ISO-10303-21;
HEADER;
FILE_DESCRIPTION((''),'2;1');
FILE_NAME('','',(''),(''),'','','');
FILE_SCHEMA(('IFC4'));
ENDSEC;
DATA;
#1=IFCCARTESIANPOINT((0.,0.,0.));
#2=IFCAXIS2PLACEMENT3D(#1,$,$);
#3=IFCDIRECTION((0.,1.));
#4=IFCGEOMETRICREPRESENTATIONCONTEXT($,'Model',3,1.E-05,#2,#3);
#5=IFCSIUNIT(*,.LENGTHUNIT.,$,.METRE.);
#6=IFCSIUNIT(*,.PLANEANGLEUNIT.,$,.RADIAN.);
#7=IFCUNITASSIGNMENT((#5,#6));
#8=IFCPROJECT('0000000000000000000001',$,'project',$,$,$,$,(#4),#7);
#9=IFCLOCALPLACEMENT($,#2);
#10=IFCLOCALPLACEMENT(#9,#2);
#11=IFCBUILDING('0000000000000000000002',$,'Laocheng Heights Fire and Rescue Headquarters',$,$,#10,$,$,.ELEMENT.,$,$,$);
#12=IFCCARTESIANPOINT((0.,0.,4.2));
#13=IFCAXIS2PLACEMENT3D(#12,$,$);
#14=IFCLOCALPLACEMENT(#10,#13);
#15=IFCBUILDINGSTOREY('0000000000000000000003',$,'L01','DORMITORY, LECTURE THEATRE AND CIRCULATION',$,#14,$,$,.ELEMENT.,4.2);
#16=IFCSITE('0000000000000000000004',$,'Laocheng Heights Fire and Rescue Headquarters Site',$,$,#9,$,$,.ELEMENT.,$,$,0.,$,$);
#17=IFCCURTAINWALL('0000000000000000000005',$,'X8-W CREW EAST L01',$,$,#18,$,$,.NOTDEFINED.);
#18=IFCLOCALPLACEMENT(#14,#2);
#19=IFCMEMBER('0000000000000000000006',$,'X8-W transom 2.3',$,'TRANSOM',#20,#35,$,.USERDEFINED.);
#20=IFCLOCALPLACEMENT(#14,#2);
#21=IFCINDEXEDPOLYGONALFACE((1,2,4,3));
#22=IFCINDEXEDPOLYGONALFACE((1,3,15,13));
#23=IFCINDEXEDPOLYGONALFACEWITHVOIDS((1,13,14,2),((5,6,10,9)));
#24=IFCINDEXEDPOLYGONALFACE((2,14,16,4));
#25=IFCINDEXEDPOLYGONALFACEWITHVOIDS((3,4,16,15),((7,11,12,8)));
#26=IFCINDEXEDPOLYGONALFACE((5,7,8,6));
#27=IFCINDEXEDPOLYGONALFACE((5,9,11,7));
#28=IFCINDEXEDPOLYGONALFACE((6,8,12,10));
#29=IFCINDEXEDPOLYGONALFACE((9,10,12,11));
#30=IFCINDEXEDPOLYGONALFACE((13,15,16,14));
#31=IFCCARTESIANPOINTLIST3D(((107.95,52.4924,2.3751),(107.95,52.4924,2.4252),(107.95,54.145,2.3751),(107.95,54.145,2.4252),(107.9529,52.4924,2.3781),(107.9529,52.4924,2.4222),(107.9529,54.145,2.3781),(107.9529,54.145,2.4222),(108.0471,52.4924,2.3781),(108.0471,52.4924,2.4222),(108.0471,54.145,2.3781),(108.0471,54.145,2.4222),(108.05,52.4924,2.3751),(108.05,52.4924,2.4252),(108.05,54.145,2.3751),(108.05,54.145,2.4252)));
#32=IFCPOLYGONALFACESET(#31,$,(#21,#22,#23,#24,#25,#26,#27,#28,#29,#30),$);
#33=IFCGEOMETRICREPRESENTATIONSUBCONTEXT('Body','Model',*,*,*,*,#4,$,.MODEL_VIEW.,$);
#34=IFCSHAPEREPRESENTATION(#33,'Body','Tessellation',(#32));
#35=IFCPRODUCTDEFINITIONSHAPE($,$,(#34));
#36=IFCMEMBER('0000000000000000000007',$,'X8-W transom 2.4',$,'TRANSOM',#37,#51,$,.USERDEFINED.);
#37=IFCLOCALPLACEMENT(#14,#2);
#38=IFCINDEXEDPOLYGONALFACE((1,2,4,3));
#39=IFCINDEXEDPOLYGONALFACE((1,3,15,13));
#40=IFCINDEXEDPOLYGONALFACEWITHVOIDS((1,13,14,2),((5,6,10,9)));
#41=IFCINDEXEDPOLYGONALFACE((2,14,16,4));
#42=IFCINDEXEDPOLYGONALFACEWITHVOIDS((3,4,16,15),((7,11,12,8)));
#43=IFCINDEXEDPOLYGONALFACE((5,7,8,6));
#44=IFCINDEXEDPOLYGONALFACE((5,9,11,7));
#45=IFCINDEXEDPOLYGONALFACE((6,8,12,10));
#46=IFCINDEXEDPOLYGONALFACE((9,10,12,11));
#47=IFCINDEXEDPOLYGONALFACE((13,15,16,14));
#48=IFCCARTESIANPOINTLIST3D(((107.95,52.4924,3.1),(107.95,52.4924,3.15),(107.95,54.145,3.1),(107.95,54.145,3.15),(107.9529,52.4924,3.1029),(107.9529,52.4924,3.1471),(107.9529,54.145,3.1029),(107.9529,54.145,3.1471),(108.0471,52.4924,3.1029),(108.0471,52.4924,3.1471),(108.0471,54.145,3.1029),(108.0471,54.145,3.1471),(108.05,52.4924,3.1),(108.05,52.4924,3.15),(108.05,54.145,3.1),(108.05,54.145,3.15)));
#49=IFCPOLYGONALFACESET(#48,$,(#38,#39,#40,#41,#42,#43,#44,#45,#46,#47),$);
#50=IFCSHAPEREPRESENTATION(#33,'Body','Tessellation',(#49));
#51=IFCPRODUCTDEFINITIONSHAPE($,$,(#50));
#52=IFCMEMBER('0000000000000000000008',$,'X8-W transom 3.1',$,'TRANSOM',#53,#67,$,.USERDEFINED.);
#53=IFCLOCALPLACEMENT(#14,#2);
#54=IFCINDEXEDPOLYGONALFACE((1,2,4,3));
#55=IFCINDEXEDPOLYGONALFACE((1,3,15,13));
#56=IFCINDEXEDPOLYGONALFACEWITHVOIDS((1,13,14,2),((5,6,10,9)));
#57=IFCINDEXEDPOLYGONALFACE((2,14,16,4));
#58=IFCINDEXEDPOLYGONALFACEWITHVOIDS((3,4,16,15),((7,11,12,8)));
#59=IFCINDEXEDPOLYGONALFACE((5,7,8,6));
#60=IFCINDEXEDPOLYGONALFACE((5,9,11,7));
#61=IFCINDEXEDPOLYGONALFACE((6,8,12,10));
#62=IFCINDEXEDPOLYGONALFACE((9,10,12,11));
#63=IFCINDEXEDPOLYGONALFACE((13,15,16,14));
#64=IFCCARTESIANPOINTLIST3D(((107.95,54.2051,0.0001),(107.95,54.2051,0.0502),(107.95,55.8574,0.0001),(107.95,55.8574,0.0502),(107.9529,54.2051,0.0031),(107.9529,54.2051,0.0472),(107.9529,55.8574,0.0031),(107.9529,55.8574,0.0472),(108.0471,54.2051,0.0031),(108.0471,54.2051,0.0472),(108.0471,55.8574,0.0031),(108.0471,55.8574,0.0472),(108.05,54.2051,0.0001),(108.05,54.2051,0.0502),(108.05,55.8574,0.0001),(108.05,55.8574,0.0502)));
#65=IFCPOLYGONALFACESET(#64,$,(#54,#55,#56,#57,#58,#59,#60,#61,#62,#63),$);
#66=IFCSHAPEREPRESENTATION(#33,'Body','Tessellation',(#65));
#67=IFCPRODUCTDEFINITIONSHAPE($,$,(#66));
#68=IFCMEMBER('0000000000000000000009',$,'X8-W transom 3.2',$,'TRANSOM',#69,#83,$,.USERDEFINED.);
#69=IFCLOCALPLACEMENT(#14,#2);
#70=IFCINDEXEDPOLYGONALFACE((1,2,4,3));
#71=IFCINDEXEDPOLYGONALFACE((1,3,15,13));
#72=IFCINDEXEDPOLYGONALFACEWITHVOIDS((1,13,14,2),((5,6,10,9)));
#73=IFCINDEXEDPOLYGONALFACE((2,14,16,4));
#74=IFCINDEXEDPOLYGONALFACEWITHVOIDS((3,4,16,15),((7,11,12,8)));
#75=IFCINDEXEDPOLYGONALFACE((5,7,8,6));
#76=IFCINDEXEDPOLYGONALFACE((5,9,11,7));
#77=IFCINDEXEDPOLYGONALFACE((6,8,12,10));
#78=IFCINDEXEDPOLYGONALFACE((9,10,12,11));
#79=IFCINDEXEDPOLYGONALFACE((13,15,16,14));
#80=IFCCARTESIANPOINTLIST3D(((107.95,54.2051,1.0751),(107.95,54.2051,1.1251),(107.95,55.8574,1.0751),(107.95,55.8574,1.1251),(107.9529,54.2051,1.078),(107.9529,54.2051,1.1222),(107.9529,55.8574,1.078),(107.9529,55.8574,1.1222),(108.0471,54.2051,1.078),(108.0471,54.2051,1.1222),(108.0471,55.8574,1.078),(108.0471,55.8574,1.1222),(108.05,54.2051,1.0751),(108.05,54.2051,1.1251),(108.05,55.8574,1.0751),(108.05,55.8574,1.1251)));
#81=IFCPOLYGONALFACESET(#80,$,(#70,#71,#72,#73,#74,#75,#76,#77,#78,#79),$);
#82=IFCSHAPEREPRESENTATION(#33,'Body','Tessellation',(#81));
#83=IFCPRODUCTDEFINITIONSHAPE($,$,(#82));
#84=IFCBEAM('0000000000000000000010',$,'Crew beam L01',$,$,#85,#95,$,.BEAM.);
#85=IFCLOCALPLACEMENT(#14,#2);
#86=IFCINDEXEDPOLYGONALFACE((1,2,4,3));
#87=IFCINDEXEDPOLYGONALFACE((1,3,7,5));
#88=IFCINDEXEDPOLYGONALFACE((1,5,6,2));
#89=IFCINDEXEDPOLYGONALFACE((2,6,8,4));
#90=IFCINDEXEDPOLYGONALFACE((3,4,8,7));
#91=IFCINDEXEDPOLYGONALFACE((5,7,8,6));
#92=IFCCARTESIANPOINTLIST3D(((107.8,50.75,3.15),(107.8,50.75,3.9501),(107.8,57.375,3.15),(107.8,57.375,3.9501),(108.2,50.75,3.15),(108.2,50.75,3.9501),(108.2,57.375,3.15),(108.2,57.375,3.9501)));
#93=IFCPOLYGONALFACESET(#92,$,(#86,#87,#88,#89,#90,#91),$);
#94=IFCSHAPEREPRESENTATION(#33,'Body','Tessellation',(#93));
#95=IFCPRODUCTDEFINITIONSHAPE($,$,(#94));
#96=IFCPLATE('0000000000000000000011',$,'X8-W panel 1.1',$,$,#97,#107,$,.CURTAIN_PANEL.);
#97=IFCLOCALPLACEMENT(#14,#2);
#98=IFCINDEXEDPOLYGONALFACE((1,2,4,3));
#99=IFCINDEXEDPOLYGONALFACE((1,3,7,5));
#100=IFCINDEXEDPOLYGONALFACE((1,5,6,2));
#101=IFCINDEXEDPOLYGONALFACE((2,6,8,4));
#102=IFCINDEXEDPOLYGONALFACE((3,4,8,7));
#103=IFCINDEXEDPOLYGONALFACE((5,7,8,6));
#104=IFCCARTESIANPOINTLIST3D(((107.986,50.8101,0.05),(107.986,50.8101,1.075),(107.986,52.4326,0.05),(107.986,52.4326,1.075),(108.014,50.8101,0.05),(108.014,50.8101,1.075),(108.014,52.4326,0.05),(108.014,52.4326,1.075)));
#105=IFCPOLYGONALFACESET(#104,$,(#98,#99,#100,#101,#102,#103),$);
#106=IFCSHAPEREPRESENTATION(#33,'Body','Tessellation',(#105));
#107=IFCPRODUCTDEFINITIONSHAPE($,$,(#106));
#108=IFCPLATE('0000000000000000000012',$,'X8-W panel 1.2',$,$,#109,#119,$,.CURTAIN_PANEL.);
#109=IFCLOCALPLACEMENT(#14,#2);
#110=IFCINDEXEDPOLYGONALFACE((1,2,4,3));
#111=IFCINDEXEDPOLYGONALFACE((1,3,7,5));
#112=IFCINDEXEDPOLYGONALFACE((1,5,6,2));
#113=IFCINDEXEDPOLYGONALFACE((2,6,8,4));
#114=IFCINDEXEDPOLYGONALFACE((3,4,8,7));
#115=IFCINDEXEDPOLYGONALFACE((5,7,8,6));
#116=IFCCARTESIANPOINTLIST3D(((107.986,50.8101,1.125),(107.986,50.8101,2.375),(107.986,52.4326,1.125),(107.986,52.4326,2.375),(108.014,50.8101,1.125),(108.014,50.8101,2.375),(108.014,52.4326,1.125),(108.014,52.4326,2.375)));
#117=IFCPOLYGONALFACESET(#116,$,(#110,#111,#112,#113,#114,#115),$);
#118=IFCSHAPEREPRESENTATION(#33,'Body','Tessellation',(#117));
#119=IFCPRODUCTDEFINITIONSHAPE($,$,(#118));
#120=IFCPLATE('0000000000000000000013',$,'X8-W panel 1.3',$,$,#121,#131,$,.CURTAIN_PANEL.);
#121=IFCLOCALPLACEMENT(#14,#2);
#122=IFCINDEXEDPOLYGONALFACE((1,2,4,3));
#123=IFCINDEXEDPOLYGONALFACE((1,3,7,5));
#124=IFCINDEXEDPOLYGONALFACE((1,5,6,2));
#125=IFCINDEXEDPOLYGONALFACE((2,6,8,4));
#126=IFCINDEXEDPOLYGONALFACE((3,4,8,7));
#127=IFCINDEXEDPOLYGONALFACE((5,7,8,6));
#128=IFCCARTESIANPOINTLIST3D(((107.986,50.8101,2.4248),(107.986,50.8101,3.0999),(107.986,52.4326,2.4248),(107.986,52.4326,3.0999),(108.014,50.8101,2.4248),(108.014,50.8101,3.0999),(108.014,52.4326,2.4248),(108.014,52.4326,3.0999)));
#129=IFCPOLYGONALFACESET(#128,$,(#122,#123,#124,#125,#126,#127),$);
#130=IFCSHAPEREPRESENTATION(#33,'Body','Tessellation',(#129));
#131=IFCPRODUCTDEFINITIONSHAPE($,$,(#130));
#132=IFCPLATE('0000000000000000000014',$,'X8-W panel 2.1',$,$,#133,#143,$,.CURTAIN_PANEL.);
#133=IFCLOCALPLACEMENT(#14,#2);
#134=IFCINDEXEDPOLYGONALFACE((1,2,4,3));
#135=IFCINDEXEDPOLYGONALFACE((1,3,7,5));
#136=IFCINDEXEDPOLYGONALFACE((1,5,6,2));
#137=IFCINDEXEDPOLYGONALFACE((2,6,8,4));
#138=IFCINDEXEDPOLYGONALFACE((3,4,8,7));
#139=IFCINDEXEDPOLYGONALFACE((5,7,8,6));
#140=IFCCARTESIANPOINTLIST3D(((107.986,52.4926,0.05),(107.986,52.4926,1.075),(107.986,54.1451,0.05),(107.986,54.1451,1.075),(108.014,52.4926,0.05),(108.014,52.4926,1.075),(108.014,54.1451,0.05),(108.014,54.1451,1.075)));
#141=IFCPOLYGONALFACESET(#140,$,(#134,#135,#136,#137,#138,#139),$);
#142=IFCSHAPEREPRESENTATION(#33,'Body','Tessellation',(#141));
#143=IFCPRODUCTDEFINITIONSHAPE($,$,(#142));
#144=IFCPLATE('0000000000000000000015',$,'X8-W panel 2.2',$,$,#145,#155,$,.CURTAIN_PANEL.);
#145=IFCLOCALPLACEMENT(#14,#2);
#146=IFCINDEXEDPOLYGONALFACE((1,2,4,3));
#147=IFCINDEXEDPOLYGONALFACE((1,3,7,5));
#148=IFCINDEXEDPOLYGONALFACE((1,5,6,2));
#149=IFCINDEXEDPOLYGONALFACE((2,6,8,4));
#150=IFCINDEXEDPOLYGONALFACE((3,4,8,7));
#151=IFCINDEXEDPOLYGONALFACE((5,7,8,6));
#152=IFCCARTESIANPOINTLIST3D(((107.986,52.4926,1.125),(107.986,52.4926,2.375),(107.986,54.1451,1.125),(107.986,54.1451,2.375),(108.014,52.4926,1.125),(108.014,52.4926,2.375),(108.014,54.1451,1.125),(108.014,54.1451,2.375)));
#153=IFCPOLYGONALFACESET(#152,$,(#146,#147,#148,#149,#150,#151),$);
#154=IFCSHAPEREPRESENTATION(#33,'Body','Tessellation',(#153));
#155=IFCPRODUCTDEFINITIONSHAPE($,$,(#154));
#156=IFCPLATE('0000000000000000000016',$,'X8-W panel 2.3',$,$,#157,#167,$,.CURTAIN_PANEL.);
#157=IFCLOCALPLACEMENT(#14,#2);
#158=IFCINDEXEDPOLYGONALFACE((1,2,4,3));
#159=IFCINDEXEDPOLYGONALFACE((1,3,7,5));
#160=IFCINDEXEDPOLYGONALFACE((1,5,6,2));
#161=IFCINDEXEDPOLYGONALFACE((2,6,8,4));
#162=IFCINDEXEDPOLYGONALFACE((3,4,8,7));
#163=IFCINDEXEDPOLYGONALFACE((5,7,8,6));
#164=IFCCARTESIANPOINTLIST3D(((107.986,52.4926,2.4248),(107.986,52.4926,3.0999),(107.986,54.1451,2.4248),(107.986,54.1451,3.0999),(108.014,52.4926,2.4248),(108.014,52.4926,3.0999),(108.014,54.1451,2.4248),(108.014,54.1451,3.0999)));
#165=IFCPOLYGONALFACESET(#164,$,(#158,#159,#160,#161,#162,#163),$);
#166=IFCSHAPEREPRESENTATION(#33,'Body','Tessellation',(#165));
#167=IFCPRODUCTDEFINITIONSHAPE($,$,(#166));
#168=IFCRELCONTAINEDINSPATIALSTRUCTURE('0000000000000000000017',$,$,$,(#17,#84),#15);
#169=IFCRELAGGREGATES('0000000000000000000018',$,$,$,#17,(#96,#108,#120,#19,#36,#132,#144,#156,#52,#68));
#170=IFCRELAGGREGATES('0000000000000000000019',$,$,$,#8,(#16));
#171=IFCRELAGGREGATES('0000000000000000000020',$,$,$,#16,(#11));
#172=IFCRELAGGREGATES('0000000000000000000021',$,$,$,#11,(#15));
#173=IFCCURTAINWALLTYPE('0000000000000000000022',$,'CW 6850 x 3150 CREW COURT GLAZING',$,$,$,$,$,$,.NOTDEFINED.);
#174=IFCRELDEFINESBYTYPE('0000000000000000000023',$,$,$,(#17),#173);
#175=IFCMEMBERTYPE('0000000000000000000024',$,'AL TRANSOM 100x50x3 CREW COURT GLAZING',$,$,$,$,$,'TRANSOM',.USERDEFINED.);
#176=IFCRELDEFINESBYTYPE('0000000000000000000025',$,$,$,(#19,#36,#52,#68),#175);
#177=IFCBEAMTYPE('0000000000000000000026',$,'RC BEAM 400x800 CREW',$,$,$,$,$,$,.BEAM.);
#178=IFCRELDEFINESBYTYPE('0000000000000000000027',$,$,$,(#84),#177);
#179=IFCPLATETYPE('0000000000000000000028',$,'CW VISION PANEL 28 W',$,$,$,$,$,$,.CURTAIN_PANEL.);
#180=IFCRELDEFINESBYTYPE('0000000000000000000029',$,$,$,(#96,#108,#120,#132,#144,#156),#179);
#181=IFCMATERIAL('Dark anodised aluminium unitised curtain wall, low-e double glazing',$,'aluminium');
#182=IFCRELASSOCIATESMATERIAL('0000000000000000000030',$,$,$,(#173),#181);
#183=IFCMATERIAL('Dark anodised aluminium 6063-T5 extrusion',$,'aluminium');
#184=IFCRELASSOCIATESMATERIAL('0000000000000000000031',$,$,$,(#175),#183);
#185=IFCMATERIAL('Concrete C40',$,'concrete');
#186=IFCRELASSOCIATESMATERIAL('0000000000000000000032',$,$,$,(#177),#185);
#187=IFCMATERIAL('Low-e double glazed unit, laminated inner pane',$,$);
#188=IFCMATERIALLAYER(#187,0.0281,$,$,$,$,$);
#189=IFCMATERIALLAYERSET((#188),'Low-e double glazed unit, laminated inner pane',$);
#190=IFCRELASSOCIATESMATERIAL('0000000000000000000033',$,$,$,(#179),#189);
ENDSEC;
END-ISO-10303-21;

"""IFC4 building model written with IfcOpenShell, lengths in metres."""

from ifc_helpers import new_model, si_unit, direction, frame, origin, origin_2d, place, context, subcontext, project, spatial, rectangle, hollow_rectangle, extrude, material, layer, layer_set, material_profile, profile_set, type_object, element, aggregate, save


model = new_model("IFC4")

# Units and contexts
model_context = context("Model", 3, precision=1e-05, world=origin(), true_north=direction((0.0, 1.0)))
body_context = subcontext(model_context, "Body", "Model", "MODEL_VIEW")
ifc_project = project(units=[si_unit("LENGTHUNIT", "METRE"), si_unit("PLANEANGLEUNIT", "RADIAN")], contexts=[model_context])

# Site, building, storey
site_placement = place(None, origin())
site = spatial("IfcSite", under=ifc_project, at=site_placement, Name="Laocheng Heights Fire and Rescue Headquarters Site", CompositionType="ELEMENT", RefElevation=0.0)
building_placement = place(site_placement, origin())
building = spatial("IfcBuilding", under=site, at=building_placement, Name="Laocheng Heights Fire and Rescue Headquarters", CompositionType="ELEMENT")
storey_placement = place(building_placement, frame((0.0, 0.0, 4.2)))
storey = spatial("IfcBuildingStorey", under=building, at=storey_placement, Name="L01", Description="DORMITORY, LECTURE THEATRE AND CIRCULATION", CompositionType="ELEMENT", Elevation=4.2)

# Curtain wall, members
ifc_material_1 = material(Name="Dark anodised aluminium unitised curtain wall, low-e double glazing", Category="aluminium")
curtain_wall_type_1 = type_object("IfcCurtainWallType", Name="CW 6850 x 3150 CREW COURT GLAZING", PredefinedType="NOTDEFINED", material=ifc_material_1)
curtain_wall_1_placement = place(storey_placement, origin())
curtain_wall_1 = element("IfcCurtainWall", 1, at=curtain_wall_1_placement, inside=storey, type_object=curtain_wall_type_1, Name="X8-W CREW EAST L01", PredefinedType="NOTDEFINED")
ifc_material_2 = material(Name="Dark anodised aluminium 6063-T5 extrusion", Category="aluminium")
ifc_material_profile_1 = material_profile(ifc_material_2, hollow_rectangle(XDim=0.1001, YDim=0.05, WallThickness=0.0029, at=origin_2d()), Name="AL TRANSOM 100x50x3 CREW COURT GLAZING")
ifc_profile_set_1 = profile_set([ifc_material_profile_1], Name="Dark anodised aluminium 6063-T5 extrusion")
member_type_1 = type_object("IfcMemberType", Name="AL TRANSOM 100x50x3 CREW COURT GLAZING", ElementType="TRANSOM", PredefinedType="USERDEFINED", material=ifc_profile_set_1)
member_1_placement = place(storey_placement, frame((108.0, 52.4924, 2.4001), z_axis=(0.0, 1.0, 0.0), x_axis=(-1.0, 0.0, 0.0)))
member_1 = element("IfcMember", 2, at=member_1_placement, type_object=member_type_1, Name="X8-W transom 2.3", ObjectType="TRANSOM", PredefinedType="USERDEFINED", context=body_context, shape_type="SweptSolid", body=[
    extrude(hollow_rectangle(XDim=0.1001, YDim=0.05, WallThickness=0.0029, at=origin_2d()), origin(), (0.0, 0.0, 1.0), 1.6526),
])
member_2_placement = place(storey_placement, frame((108.0, 52.4924, 3.125), z_axis=(0.0, 1.0, 0.0), x_axis=(-1.0, 0.0, 0.0)))
member_2 = element("IfcMember", 3, at=member_2_placement, type_object=member_type_1, Name="X8-W transom 2.4", ObjectType="TRANSOM", PredefinedType="USERDEFINED", context=body_context, shape_type="SweptSolid", body=[
    extrude(hollow_rectangle(XDim=0.1001, YDim=0.05, WallThickness=0.0029, at=origin_2d()), origin(), (0.0, 0.0, 1.0), 1.6526),
])
member_3_placement = place(storey_placement, frame((108.0, 54.2051, 0.0251), z_axis=(0.0, 1.0, 0.0), x_axis=(-1.0, 0.0, 0.0)))
member_3 = element("IfcMember", 4, at=member_3_placement, type_object=member_type_1, Name="X8-W transom 3.1", ObjectType="TRANSOM", PredefinedType="USERDEFINED", context=body_context, shape_type="SweptSolid", body=[
    extrude(hollow_rectangle(XDim=0.1001, YDim=0.05, WallThickness=0.0029, at=origin_2d()), origin(), (0.0, 0.0, 1.0), 1.6523),
])
member_4_placement = place(storey_placement, frame((108.0, 54.2051, 1.1001), z_axis=(0.0, 1.0, 0.0), x_axis=(-1.0, 0.0, 0.0)))
member_4 = element("IfcMember", 5, at=member_4_placement, type_object=member_type_1, Name="X8-W transom 3.2", ObjectType="TRANSOM", PredefinedType="USERDEFINED", context=body_context, shape_type="SweptSolid", body=[
    extrude(hollow_rectangle(XDim=0.1001, YDim=0.05, WallThickness=0.0029, at=origin_2d()), origin(), (0.0, 0.0, 1.0), 1.6523),
])

# Beam
ifc_material_3 = material(Name="Concrete C40", Category="concrete")
ifc_material_profile_2 = material_profile(ifc_material_3, rectangle(XDim=0.3999, YDim=0.8, at=origin_2d()), Name="RC BEAM 400x800 CREW")
ifc_profile_set_2 = profile_set([ifc_material_profile_2], Name="Concrete C40")
beam_type = type_object("IfcBeamType", Name="RC BEAM 400x800 CREW", PredefinedType="BEAM", material=ifc_profile_set_2)
beam_placement = place(storey_placement, frame((108.0, 50.75, 3.55), z_axis=(0.0, 1.0, 0.0), x_axis=(-1.0, 0.0, 0.0)))
element("IfcBeam", 6, at=beam_placement, inside=storey, type_object=beam_type, Name="Crew beam L01", PredefinedType="BEAM", context=body_context, shape_type="SweptSolid", body=[
    extrude(rectangle(XDim=0.3999, YDim=0.8, at=origin_2d()), origin(), (0.0, 0.0, 1.0), 6.625),
])

# Plates
ifc_material_4 = material(Name="Low-e double glazed unit, laminated inner pane")
ifc_layer = layer(ifc_material_4, 0.0281)
ifc_layer_set = layer_set([ifc_layer], Name="Low-e double glazed unit, laminated inner pane")
plate_type = type_object("IfcPlateType", Name="CW VISION PANEL 28 W", PredefinedType="CURTAIN_PANEL", material=ifc_layer_set)
plate_1_placement = place(storey_placement, frame((108.0, 51.6213, 0.05), z_axis=(0.0, 0.0, 1.0), x_axis=(0.0, 1.0, 0.0)))
plate_1 = element("IfcPlate", 7, at=plate_1_placement, type_object=plate_type, Name="X8-W panel 1.1", PredefinedType="CURTAIN_PANEL", context=body_context, shape_type="SweptSolid", body=[
    extrude(rectangle(XDim=1.6226, YDim=0.0281, at=origin_2d()), origin(), (0.0, 0.0, 1.0), 1.0249),
])
plate_2_placement = place(storey_placement, frame((108.0, 51.6213, 1.125), z_axis=(0.0, 0.0, 1.0), x_axis=(0.0, 1.0, 0.0)))
plate_2 = element("IfcPlate", 8, at=plate_2_placement, type_object=plate_type, Name="X8-W panel 1.2", PredefinedType="CURTAIN_PANEL", context=body_context, shape_type="SweptSolid", body=[
    extrude(rectangle(XDim=1.6226, YDim=0.0281, at=origin_2d()), origin(), (0.0, 0.0, 1.0), 1.25),
])
plate_3_placement = place(storey_placement, frame((108.0, 51.6213, 2.4248), z_axis=(0.0, 0.0, 1.0), x_axis=(0.0, 1.0, 0.0)))
plate_3 = element("IfcPlate", 9, at=plate_3_placement, type_object=plate_type, Name="X8-W panel 1.3", PredefinedType="CURTAIN_PANEL", context=body_context, shape_type="SweptSolid", body=[
    extrude(rectangle(XDim=1.6226, YDim=0.0281, at=origin_2d()), origin(), (0.0, 0.0, 1.0), 0.675),
])
plate_4_placement = place(storey_placement, frame((108.0, 53.3188, 0.05), z_axis=(0.0, 0.0, 1.0), x_axis=(0.0, 1.0, 0.0)))
plate_4 = element("IfcPlate", 10, at=plate_4_placement, type_object=plate_type, Name="X8-W panel 2.1", PredefinedType="CURTAIN_PANEL", context=body_context, shape_type="SweptSolid", body=[
    extrude(rectangle(XDim=1.6526, YDim=0.0281, at=origin_2d()), origin(), (0.0, 0.0, 1.0), 1.0249),
])
plate_5_placement = place(storey_placement, frame((108.0, 53.3188, 1.125), z_axis=(0.0, 0.0, 1.0), x_axis=(0.0, 1.0, 0.0)))
plate_5 = element("IfcPlate", 11, at=plate_5_placement, type_object=plate_type, Name="X8-W panel 2.2", PredefinedType="CURTAIN_PANEL", context=body_context, shape_type="SweptSolid", body=[
    extrude(rectangle(XDim=1.6526, YDim=0.0281, at=origin_2d()), origin(), (0.0, 0.0, 1.0), 1.25),
])
plate_6_placement = place(storey_placement, frame((108.0, 53.3188, 2.4248), z_axis=(0.0, 0.0, 1.0), x_axis=(0.0, 1.0, 0.0)))
plate_6 = element("IfcPlate", 12, at=plate_6_placement, type_object=plate_type, Name="X8-W panel 2.3", PredefinedType="CURTAIN_PANEL", context=body_context, shape_type="SweptSolid", body=[
    extrude(rectangle(XDim=1.6526, YDim=0.0281, at=origin_2d()), origin(), (0.0, 0.0, 1.0), 0.675),
])
aggregate(curtain_wall_1, [plate_1, plate_2, plate_3, member_1, member_2, plate_4, plate_5, plate_6, member_3, member_4])

save(model, "model.ifc")
